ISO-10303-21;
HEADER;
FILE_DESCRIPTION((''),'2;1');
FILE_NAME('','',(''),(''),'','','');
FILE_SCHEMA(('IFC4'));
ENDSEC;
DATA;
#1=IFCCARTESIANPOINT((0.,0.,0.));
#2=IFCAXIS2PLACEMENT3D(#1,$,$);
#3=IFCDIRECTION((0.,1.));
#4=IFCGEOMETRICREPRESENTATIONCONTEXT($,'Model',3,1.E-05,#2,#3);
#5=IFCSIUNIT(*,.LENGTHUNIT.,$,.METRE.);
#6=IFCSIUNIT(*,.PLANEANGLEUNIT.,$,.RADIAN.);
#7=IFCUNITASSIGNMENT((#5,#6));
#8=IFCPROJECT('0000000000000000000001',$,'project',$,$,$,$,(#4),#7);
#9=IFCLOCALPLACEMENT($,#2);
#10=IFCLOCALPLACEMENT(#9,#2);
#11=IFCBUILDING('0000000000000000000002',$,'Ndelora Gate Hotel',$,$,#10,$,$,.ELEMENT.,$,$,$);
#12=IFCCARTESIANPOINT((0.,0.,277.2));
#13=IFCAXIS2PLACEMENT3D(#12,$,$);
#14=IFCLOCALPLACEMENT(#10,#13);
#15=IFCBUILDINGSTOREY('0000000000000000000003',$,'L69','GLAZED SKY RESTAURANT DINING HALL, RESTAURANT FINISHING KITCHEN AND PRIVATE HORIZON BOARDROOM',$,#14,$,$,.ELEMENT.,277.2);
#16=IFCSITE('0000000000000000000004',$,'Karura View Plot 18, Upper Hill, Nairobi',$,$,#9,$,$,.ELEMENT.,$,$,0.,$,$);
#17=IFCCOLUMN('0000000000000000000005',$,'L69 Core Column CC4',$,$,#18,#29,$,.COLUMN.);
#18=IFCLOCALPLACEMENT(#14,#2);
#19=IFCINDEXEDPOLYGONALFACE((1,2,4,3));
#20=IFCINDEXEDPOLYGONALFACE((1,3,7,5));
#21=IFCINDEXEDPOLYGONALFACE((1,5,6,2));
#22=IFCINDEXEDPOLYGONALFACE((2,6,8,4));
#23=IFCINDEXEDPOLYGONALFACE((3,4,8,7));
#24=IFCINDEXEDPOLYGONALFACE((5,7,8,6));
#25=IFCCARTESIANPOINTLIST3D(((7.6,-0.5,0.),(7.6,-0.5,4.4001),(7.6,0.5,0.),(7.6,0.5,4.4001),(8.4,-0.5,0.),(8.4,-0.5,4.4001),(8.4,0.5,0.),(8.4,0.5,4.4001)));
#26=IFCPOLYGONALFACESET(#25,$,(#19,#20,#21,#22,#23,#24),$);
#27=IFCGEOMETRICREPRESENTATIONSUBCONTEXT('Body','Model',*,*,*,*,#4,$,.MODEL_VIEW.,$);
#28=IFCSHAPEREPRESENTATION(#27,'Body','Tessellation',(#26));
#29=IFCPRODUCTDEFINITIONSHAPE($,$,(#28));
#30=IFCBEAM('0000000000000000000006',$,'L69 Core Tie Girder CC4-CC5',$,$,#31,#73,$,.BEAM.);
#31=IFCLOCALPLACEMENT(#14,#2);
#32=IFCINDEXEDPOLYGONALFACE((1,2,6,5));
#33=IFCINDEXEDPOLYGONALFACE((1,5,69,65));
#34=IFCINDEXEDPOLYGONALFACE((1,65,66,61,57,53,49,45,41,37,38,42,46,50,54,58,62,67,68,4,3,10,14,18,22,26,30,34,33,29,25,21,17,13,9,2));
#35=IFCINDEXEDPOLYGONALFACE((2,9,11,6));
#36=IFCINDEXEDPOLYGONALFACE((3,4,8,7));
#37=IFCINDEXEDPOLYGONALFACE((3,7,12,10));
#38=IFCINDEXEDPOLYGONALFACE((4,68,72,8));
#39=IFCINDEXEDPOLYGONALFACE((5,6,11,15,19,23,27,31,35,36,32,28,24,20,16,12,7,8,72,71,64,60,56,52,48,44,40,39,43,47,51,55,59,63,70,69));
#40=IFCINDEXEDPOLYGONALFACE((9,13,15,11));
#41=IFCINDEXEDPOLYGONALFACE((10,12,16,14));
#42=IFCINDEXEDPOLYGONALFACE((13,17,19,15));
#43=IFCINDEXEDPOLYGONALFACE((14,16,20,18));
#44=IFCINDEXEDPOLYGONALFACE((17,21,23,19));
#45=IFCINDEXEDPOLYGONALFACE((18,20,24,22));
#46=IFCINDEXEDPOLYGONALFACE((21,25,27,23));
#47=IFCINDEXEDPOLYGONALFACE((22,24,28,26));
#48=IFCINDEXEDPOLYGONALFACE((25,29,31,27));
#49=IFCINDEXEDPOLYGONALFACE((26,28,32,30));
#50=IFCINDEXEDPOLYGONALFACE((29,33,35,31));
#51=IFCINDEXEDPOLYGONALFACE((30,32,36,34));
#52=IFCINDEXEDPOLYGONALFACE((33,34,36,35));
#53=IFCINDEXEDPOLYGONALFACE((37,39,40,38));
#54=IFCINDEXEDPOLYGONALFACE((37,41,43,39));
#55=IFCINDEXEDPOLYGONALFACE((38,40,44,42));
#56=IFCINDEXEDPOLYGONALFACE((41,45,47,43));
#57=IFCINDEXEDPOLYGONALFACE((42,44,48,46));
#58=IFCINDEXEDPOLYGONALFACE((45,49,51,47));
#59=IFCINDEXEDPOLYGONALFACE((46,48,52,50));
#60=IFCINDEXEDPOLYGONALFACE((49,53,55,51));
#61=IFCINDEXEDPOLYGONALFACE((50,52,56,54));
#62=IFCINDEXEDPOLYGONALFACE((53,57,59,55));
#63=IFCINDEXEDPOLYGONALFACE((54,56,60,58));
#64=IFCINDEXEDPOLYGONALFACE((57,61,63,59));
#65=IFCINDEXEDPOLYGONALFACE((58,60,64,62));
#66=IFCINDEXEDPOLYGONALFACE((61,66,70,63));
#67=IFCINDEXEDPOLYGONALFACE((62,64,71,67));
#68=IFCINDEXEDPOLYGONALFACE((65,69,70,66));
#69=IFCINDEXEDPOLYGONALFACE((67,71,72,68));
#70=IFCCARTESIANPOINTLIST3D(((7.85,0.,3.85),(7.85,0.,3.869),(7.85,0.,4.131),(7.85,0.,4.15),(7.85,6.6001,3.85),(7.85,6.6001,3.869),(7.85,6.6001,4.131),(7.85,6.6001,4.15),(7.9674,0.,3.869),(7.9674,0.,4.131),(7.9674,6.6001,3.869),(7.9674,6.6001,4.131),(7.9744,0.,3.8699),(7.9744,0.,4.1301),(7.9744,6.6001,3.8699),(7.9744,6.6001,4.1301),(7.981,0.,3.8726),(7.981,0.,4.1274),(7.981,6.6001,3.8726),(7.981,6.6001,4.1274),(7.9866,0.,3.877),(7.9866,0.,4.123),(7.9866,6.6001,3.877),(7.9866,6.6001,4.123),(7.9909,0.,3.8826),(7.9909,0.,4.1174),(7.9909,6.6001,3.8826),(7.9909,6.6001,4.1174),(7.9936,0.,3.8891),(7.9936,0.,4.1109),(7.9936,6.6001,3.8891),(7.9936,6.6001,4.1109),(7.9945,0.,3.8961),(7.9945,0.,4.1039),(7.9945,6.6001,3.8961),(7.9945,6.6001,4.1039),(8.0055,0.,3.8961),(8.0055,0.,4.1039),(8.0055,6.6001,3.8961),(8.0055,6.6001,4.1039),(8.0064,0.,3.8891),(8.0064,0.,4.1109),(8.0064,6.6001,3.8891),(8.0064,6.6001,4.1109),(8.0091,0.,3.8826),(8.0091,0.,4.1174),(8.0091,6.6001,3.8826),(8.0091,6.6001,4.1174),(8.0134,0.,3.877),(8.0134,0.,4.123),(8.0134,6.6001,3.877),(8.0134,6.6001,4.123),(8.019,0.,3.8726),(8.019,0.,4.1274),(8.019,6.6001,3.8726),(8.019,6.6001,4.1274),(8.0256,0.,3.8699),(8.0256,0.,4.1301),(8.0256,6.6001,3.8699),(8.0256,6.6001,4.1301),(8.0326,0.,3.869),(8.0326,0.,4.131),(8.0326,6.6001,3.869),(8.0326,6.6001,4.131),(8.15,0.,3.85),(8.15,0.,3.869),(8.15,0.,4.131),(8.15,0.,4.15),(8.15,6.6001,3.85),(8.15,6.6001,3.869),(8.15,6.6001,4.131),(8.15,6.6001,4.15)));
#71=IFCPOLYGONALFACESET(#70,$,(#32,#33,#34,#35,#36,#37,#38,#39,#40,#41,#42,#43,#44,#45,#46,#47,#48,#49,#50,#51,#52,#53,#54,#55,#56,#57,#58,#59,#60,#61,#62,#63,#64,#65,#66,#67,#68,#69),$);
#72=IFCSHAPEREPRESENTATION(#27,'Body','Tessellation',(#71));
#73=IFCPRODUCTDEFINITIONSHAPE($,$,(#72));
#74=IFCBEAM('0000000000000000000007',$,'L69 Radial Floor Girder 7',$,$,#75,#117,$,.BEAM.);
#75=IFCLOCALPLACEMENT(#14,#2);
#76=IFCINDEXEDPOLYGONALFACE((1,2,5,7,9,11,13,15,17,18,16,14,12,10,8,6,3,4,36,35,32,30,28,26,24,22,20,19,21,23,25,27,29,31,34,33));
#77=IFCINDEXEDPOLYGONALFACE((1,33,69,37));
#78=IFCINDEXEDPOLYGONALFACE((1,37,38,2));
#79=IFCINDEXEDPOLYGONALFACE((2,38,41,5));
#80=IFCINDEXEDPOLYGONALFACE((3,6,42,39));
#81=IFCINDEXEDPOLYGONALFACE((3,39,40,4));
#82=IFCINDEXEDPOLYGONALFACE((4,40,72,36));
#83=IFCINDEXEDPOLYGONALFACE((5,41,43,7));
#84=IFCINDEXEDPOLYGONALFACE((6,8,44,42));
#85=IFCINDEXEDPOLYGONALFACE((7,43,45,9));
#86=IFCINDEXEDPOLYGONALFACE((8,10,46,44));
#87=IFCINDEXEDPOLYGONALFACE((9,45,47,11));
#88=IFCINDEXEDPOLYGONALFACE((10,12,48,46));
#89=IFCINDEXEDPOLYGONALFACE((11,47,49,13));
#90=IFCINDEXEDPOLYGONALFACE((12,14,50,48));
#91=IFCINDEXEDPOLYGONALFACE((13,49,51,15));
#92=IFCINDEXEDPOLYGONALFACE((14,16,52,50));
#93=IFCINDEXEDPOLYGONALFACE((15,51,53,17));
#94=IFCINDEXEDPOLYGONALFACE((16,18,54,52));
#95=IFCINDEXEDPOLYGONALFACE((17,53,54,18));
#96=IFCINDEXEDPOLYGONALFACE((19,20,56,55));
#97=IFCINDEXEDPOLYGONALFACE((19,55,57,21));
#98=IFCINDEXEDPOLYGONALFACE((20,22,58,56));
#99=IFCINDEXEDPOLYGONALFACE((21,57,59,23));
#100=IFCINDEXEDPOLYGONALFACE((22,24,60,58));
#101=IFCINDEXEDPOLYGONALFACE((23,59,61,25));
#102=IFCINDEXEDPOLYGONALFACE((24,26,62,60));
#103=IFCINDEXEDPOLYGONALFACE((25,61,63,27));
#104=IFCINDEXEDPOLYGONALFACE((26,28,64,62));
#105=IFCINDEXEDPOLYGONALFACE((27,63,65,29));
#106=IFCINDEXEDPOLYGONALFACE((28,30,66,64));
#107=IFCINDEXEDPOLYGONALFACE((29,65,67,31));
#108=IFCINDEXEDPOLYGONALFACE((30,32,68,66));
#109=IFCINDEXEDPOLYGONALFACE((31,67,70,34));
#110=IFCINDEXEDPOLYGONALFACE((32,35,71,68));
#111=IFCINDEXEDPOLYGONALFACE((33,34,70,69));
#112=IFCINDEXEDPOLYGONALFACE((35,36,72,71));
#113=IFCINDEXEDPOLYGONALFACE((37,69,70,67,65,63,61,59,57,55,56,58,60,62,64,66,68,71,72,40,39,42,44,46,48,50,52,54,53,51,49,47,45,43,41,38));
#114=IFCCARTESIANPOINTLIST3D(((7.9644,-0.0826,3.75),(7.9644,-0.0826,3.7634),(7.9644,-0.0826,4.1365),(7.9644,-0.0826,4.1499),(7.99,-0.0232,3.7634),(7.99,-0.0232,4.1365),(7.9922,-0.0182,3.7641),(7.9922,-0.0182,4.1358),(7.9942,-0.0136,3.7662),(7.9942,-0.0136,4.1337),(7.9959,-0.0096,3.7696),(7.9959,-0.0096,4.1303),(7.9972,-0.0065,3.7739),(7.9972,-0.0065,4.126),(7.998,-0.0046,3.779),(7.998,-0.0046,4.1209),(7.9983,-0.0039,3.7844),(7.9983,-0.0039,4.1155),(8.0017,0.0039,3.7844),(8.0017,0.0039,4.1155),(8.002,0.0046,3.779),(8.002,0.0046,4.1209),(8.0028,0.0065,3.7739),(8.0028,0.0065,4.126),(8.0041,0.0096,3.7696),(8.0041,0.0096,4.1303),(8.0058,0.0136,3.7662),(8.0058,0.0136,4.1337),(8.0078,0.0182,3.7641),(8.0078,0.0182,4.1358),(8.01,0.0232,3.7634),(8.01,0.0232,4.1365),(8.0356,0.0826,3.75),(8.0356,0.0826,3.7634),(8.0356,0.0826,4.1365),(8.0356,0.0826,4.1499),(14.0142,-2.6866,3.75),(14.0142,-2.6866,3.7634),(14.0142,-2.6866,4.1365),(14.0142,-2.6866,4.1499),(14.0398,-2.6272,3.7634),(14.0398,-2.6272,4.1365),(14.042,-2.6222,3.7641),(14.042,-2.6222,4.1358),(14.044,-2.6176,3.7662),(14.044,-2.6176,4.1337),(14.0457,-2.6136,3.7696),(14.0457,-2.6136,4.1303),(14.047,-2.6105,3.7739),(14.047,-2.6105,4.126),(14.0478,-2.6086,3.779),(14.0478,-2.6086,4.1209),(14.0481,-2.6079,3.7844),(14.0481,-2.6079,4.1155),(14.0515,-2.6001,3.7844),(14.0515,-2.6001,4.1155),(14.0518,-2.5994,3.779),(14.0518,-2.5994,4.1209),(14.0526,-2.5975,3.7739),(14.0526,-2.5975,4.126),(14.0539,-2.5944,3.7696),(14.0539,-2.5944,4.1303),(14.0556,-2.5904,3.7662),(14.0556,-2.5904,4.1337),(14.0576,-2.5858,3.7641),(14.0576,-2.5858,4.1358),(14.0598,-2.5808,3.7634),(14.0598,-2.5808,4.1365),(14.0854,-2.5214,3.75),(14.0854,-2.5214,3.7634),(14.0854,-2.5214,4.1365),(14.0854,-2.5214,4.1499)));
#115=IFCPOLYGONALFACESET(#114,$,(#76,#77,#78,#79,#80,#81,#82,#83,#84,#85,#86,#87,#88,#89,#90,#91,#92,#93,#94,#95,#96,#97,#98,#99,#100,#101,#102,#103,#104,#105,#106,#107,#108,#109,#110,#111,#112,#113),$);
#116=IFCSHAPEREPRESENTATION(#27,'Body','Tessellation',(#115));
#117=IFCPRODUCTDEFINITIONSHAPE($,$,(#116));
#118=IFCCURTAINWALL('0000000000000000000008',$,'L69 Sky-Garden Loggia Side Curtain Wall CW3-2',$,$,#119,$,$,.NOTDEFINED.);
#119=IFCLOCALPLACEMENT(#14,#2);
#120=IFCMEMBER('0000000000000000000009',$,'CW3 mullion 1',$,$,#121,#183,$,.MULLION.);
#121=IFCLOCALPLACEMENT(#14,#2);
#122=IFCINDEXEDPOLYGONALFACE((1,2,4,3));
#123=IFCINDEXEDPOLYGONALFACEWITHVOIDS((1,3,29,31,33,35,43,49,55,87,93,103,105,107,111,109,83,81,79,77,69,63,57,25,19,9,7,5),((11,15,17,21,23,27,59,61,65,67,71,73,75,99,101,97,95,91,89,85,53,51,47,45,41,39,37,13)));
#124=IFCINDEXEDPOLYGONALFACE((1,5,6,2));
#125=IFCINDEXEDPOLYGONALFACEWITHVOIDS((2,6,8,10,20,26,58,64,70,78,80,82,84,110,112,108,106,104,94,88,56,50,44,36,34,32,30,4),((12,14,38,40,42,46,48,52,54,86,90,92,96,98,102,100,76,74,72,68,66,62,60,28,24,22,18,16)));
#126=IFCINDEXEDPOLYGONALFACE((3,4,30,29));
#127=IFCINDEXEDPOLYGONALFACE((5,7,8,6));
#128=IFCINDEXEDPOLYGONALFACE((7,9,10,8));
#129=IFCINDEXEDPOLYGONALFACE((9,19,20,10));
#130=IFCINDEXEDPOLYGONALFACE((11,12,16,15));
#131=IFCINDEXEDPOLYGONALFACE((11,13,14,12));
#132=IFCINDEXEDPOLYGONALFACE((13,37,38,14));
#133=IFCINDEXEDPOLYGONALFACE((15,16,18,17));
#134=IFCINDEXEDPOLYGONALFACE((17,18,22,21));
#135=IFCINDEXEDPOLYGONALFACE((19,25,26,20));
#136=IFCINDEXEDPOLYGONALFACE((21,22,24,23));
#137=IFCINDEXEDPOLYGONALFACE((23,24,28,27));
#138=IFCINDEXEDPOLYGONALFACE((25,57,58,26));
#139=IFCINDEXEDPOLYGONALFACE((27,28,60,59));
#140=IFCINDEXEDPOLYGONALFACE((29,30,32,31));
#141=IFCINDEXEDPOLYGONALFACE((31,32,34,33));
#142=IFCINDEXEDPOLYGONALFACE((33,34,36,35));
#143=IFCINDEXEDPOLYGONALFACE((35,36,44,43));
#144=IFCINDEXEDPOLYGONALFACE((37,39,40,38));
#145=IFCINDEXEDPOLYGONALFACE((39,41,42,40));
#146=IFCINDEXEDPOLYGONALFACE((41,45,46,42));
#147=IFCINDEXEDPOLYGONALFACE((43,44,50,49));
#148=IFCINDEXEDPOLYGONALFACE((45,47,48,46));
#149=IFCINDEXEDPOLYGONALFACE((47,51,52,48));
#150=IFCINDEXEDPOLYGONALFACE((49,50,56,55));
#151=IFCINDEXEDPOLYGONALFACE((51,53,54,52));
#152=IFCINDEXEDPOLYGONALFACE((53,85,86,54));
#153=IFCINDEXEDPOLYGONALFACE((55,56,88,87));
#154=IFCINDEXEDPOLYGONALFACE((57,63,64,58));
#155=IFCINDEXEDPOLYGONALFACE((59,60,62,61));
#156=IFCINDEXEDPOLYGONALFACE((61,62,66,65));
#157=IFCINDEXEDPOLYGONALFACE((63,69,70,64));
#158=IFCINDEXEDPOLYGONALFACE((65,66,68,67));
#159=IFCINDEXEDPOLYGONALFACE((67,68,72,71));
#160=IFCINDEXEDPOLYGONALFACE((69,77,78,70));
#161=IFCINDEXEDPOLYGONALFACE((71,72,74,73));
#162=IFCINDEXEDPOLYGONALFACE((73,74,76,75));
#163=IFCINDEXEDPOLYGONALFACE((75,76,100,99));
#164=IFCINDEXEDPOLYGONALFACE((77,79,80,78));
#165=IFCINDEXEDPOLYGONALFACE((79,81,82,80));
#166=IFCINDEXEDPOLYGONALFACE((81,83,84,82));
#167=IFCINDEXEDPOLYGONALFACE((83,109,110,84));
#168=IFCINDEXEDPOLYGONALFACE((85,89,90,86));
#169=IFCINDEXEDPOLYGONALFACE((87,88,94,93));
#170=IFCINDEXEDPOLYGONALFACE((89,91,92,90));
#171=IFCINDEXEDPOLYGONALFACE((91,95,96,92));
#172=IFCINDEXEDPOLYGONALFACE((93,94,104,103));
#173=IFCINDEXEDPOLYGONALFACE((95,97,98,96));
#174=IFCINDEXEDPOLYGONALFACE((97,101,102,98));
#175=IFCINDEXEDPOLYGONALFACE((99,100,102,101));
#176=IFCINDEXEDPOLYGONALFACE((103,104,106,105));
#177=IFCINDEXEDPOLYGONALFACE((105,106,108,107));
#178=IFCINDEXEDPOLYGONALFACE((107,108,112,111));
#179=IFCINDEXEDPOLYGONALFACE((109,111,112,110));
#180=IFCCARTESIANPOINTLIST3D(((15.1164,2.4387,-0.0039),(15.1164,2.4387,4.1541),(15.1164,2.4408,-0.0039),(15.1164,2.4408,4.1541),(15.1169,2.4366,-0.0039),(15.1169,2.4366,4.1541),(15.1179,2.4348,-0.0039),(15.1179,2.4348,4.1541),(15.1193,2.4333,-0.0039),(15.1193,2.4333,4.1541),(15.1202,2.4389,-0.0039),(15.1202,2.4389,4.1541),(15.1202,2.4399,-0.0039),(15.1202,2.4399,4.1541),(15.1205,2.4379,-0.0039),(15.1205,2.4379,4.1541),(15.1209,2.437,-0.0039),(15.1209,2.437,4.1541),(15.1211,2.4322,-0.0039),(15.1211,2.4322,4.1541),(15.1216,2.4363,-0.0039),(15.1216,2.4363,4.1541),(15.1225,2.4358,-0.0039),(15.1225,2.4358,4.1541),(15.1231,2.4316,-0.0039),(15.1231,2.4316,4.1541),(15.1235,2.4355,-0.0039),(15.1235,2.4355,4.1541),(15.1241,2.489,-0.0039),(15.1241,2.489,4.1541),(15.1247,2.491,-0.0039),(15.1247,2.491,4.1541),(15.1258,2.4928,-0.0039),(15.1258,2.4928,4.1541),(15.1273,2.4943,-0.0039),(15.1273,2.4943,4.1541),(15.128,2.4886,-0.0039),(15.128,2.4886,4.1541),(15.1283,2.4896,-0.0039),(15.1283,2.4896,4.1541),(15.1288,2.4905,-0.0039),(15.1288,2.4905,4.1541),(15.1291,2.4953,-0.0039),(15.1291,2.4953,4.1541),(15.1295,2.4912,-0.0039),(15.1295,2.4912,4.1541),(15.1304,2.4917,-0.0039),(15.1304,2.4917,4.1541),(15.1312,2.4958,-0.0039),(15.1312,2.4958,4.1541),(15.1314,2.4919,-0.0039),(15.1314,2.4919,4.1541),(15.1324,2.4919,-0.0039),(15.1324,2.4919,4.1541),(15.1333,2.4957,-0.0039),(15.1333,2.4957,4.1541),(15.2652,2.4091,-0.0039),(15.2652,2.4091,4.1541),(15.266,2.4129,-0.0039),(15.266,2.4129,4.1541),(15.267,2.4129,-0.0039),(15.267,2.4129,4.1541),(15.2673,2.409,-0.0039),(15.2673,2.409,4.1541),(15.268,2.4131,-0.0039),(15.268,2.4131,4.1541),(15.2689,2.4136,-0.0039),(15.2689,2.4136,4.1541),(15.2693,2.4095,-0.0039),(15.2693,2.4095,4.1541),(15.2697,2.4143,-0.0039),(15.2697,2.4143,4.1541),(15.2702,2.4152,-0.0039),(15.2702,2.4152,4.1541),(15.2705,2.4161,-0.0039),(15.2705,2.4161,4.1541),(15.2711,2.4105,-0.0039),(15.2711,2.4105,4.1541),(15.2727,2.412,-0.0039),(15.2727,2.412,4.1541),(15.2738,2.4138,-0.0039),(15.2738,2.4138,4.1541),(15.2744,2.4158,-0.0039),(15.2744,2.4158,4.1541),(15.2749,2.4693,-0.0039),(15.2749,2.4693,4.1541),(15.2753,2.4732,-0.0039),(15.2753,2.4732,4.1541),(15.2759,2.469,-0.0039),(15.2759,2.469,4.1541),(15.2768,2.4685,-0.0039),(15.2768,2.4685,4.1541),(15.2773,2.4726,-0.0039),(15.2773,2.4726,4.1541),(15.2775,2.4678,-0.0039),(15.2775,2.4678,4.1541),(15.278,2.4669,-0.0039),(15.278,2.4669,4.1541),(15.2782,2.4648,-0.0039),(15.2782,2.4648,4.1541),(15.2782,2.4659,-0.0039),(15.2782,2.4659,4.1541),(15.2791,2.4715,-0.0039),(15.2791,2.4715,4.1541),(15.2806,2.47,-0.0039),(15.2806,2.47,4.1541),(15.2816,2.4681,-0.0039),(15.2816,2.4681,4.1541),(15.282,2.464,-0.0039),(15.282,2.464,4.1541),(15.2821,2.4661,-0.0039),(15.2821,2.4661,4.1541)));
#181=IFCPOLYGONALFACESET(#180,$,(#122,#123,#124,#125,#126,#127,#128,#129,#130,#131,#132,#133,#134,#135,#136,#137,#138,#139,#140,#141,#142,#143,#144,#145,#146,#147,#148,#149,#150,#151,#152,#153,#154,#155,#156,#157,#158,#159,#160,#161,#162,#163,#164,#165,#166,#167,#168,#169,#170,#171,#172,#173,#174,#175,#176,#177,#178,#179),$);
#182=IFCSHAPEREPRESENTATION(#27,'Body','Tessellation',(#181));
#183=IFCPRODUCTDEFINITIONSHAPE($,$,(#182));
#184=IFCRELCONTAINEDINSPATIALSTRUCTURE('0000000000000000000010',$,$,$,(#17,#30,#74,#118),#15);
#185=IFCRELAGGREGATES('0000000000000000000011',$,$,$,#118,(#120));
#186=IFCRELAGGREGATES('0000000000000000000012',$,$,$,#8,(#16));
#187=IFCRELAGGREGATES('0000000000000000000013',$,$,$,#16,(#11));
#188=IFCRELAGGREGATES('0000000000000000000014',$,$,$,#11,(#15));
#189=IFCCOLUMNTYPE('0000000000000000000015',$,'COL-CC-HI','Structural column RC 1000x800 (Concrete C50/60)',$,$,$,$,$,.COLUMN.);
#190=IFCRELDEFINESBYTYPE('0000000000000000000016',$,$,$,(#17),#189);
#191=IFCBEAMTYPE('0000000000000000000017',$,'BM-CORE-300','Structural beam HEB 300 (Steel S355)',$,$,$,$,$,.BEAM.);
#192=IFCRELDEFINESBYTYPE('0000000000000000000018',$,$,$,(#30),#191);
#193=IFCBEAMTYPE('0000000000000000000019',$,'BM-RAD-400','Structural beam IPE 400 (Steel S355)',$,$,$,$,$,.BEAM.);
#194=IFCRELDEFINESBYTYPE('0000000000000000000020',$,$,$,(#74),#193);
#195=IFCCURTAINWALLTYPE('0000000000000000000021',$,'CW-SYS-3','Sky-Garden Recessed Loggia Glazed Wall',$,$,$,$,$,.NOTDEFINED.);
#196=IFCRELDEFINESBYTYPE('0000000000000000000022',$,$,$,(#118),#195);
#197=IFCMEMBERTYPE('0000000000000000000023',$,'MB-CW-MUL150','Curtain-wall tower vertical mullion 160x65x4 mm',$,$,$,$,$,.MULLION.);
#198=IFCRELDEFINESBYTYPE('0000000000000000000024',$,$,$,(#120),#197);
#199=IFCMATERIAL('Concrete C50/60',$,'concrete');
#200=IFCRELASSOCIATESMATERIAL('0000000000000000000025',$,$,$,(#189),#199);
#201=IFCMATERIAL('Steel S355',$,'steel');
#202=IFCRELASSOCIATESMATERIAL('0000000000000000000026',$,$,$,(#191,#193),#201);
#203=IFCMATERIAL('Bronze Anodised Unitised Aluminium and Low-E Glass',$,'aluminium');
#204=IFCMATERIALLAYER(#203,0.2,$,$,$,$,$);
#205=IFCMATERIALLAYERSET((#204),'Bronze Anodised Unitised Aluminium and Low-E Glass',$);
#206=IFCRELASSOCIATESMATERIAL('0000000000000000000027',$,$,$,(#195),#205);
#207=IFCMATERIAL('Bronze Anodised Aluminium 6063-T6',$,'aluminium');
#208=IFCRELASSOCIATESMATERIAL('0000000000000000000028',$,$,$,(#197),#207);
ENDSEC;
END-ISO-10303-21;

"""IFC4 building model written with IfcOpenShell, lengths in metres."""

from ifc_helpers import new_model, si_unit, direction, frame, origin, origin_2d, place, context, subcontext, project, spatial, rectangle, hollow_rectangle, i_section, extrude, material, layer, layer_set, material_profile, profile_set, type_object, element, aggregate, save


model = new_model("IFC4")

# Units and contexts
model_context = context("Model", 3, precision=1e-05, world=origin(), true_north=direction((0.0, 1.0)))
body_context = subcontext(model_context, "Body", "Model", "MODEL_VIEW")
ifc_project = project(units=[si_unit("LENGTHUNIT", "METRE"), si_unit("PLANEANGLEUNIT", "RADIAN")], contexts=[model_context])

# Site, building, storey
site_placement = place(None, origin())
site = spatial("IfcSite", under=ifc_project, at=site_placement, Name="Karura View Plot 18, Upper Hill, Nairobi", CompositionType="ELEMENT", RefElevation=0.0)
building_placement = place(site_placement, origin())
building = spatial("IfcBuilding", under=site, at=building_placement, Name="Ndelora Gate Hotel", CompositionType="ELEMENT")
storey_placement = place(building_placement, frame((0.0, 0.0, 277.2)))
storey = spatial("IfcBuildingStorey", under=building, at=storey_placement, Name="L69", Description="GLAZED SKY RESTAURANT DINING HALL, RESTAURANT FINISHING KITCHEN AND PRIVATE HORIZON BOARDROOM", CompositionType="ELEMENT", Elevation=277.2)

# Column
ifc_material_1 = material(Name="Concrete C50/60", Category="concrete")
ifc_material_profile_1 = material_profile(ifc_material_1, rectangle(XDim=0.8, YDim=1.0, at=origin_2d()), Name="RC 1000x800")
ifc_profile_set_1 = profile_set([ifc_material_profile_1], Name="Concrete C50/60")
column_type = type_object("IfcColumnType", Name="COL-CC-HI", Description="Structural column RC 1000x800 (Concrete C50/60)", PredefinedType="COLUMN", material=ifc_profile_set_1)
column_placement = place(storey_placement, frame((8.0, 0.0, 0.0), z_axis=(0.0, 0.0, 1.0), x_axis=(1.0, 0.0, 0.0)))
element("IfcColumn", 1, at=column_placement, inside=storey, type_object=column_type, Name="L69 Core Column CC4", PredefinedType="COLUMN", context=body_context, shape_type="SweptSolid", body=[
    extrude(rectangle(XDim=0.8, YDim=1.0, at=origin_2d()), origin(), (0.0, 0.0, 1.0), 4.4001),
])

# Beams
ifc_material_2 = material(Name="Steel S355", Category="steel")
ifc_material_profile_2 = material_profile(ifc_material_2, i_section(OverallWidth=0.3, OverallDepth=0.3, WebThickness=0.011, FlangeThickness=0.019, FilletRadius=0.0271, at=origin_2d()), Name="HEB 300")
ifc_profile_set_2 = profile_set([ifc_material_profile_2], Name="Steel S355")
beam_type_1 = type_object("IfcBeamType", Name="BM-CORE-300", Description="Structural beam HEB 300 (Steel S355)", PredefinedType="BEAM", material=ifc_profile_set_2)
beam_1_placement = place(storey_placement, frame((8.0, 0.0, 4.0), z_axis=(0.0, 1.0, 0.0), x_axis=(-1.0, 0.0, 0.0)))
element("IfcBeam", 2, at=beam_1_placement, inside=storey, type_object=beam_type_1, Name="L69 Core Tie Girder CC4-CC5", PredefinedType="BEAM", context=body_context, shape_type="SweptSolid", body=[
    extrude(i_section(OverallWidth=0.3, OverallDepth=0.3, WebThickness=0.011, FlangeThickness=0.019, FilletRadius=0.0271, at=origin_2d()), origin(), (0.0, 0.0, 1.0), 6.6001),
])
ifc_material_profile_3 = material_profile(ifc_material_2, i_section(OverallWidth=0.1799, OverallDepth=0.3999, WebThickness=0.0085, FlangeThickness=0.0134, FilletRadius=0.021, at=origin_2d()), Name="IPE 400")
ifc_profile_set_3 = profile_set([ifc_material_profile_3], Name="Steel S355")
beam_type_2 = type_object("IfcBeamType", Name="BM-RAD-400", Description="Structural beam IPE 400 (Steel S355)", PredefinedType="BEAM", material=ifc_profile_set_3)
beam_2_placement = place(storey_placement, frame((8.0, 0.0, 3.95), z_axis=(0.918527, -0.395359, 0.0), x_axis=(0.395359, 0.918527, 0.0)))
element("IfcBeam", 3, at=beam_2_placement, inside=storey, type_object=beam_type_2, Name="L69 Radial Floor Girder 7", PredefinedType="BEAM", context=body_context, shape_type="SweptSolid", body=[
    extrude(i_section(OverallWidth=0.1799, OverallDepth=0.3999, WebThickness=0.0085, FlangeThickness=0.0134, FilletRadius=0.021, at=origin_2d()), origin(), (0.0, 0.0, 1.0), 6.5864),
])

# Curtain wall, member
ifc_material_3 = material(Name="Bronze Anodised Unitised Aluminium and Low-E Glass", Category="aluminium")
ifc_layer_1 = layer(ifc_material_3, 0.2)
ifc_layer_set_1 = layer_set([ifc_layer_1], Name="Bronze Anodised Unitised Aluminium and Low-E Glass")
curtain_wall_type = type_object("IfcCurtainWallType", Name="CW-SYS-3", Description="Sky-Garden Recessed Loggia Glazed Wall", PredefinedType="NOTDEFINED", material=ifc_layer_set_1)
curtain_wall_placement = place(storey_placement, origin())
curtain_wall = element("IfcCurtainWall", 4, at=curtain_wall_placement, inside=storey, type_object=curtain_wall_type, Name="L69 Sky-Garden Loggia Side Curtain Wall CW3-2", PredefinedType="NOTDEFINED")
ifc_material_4 = material(Name="Bronze Anodised Aluminium 6063-T6", Category="aluminium")
ifc_material_profile_4 = material_profile(ifc_material_4, hollow_rectangle(XDim=0.0649, YDim=0.1599, WallThickness=0.0039, InnerFilletRadius=0.0039, OuterFilletRadius=0.0081, at=origin_2d()), Name="ALU 160x65x4")
ifc_profile_set_4 = profile_set([ifc_material_profile_4], Name="Bronze Anodised Aluminium 6063-T6")
member_type_1 = type_object("IfcMemberType", Name="MB-CW-MUL150", Description="Curtain-wall tower vertical mullion 160x65x4 mm", PredefinedType="MULLION", material=ifc_profile_set_4)
member_1_placement = place(storey_placement, frame((15.1992, 2.4524, -0.0039), z_axis=(0.0, 0.0, 1.0), x_axis=(-0.156448, -0.987686, 0.0)))
member_1 = element("IfcMember", 5, at=member_1_placement, type_object=member_type_1, Name="CW3 mullion 1", PredefinedType="MULLION", context=body_context, shape_type="SweptSolid", body=[
    extrude(hollow_rectangle(XDim=0.0649, YDim=0.1599, WallThickness=0.0039, InnerFilletRadius=0.0039, OuterFilletRadius=0.0081, at=origin_2d()), origin(), (0.0, 0.0, 1.0), 4.158),
])
aggregate(curtain_wall, [member_1])

save(model, "model.ifc")
